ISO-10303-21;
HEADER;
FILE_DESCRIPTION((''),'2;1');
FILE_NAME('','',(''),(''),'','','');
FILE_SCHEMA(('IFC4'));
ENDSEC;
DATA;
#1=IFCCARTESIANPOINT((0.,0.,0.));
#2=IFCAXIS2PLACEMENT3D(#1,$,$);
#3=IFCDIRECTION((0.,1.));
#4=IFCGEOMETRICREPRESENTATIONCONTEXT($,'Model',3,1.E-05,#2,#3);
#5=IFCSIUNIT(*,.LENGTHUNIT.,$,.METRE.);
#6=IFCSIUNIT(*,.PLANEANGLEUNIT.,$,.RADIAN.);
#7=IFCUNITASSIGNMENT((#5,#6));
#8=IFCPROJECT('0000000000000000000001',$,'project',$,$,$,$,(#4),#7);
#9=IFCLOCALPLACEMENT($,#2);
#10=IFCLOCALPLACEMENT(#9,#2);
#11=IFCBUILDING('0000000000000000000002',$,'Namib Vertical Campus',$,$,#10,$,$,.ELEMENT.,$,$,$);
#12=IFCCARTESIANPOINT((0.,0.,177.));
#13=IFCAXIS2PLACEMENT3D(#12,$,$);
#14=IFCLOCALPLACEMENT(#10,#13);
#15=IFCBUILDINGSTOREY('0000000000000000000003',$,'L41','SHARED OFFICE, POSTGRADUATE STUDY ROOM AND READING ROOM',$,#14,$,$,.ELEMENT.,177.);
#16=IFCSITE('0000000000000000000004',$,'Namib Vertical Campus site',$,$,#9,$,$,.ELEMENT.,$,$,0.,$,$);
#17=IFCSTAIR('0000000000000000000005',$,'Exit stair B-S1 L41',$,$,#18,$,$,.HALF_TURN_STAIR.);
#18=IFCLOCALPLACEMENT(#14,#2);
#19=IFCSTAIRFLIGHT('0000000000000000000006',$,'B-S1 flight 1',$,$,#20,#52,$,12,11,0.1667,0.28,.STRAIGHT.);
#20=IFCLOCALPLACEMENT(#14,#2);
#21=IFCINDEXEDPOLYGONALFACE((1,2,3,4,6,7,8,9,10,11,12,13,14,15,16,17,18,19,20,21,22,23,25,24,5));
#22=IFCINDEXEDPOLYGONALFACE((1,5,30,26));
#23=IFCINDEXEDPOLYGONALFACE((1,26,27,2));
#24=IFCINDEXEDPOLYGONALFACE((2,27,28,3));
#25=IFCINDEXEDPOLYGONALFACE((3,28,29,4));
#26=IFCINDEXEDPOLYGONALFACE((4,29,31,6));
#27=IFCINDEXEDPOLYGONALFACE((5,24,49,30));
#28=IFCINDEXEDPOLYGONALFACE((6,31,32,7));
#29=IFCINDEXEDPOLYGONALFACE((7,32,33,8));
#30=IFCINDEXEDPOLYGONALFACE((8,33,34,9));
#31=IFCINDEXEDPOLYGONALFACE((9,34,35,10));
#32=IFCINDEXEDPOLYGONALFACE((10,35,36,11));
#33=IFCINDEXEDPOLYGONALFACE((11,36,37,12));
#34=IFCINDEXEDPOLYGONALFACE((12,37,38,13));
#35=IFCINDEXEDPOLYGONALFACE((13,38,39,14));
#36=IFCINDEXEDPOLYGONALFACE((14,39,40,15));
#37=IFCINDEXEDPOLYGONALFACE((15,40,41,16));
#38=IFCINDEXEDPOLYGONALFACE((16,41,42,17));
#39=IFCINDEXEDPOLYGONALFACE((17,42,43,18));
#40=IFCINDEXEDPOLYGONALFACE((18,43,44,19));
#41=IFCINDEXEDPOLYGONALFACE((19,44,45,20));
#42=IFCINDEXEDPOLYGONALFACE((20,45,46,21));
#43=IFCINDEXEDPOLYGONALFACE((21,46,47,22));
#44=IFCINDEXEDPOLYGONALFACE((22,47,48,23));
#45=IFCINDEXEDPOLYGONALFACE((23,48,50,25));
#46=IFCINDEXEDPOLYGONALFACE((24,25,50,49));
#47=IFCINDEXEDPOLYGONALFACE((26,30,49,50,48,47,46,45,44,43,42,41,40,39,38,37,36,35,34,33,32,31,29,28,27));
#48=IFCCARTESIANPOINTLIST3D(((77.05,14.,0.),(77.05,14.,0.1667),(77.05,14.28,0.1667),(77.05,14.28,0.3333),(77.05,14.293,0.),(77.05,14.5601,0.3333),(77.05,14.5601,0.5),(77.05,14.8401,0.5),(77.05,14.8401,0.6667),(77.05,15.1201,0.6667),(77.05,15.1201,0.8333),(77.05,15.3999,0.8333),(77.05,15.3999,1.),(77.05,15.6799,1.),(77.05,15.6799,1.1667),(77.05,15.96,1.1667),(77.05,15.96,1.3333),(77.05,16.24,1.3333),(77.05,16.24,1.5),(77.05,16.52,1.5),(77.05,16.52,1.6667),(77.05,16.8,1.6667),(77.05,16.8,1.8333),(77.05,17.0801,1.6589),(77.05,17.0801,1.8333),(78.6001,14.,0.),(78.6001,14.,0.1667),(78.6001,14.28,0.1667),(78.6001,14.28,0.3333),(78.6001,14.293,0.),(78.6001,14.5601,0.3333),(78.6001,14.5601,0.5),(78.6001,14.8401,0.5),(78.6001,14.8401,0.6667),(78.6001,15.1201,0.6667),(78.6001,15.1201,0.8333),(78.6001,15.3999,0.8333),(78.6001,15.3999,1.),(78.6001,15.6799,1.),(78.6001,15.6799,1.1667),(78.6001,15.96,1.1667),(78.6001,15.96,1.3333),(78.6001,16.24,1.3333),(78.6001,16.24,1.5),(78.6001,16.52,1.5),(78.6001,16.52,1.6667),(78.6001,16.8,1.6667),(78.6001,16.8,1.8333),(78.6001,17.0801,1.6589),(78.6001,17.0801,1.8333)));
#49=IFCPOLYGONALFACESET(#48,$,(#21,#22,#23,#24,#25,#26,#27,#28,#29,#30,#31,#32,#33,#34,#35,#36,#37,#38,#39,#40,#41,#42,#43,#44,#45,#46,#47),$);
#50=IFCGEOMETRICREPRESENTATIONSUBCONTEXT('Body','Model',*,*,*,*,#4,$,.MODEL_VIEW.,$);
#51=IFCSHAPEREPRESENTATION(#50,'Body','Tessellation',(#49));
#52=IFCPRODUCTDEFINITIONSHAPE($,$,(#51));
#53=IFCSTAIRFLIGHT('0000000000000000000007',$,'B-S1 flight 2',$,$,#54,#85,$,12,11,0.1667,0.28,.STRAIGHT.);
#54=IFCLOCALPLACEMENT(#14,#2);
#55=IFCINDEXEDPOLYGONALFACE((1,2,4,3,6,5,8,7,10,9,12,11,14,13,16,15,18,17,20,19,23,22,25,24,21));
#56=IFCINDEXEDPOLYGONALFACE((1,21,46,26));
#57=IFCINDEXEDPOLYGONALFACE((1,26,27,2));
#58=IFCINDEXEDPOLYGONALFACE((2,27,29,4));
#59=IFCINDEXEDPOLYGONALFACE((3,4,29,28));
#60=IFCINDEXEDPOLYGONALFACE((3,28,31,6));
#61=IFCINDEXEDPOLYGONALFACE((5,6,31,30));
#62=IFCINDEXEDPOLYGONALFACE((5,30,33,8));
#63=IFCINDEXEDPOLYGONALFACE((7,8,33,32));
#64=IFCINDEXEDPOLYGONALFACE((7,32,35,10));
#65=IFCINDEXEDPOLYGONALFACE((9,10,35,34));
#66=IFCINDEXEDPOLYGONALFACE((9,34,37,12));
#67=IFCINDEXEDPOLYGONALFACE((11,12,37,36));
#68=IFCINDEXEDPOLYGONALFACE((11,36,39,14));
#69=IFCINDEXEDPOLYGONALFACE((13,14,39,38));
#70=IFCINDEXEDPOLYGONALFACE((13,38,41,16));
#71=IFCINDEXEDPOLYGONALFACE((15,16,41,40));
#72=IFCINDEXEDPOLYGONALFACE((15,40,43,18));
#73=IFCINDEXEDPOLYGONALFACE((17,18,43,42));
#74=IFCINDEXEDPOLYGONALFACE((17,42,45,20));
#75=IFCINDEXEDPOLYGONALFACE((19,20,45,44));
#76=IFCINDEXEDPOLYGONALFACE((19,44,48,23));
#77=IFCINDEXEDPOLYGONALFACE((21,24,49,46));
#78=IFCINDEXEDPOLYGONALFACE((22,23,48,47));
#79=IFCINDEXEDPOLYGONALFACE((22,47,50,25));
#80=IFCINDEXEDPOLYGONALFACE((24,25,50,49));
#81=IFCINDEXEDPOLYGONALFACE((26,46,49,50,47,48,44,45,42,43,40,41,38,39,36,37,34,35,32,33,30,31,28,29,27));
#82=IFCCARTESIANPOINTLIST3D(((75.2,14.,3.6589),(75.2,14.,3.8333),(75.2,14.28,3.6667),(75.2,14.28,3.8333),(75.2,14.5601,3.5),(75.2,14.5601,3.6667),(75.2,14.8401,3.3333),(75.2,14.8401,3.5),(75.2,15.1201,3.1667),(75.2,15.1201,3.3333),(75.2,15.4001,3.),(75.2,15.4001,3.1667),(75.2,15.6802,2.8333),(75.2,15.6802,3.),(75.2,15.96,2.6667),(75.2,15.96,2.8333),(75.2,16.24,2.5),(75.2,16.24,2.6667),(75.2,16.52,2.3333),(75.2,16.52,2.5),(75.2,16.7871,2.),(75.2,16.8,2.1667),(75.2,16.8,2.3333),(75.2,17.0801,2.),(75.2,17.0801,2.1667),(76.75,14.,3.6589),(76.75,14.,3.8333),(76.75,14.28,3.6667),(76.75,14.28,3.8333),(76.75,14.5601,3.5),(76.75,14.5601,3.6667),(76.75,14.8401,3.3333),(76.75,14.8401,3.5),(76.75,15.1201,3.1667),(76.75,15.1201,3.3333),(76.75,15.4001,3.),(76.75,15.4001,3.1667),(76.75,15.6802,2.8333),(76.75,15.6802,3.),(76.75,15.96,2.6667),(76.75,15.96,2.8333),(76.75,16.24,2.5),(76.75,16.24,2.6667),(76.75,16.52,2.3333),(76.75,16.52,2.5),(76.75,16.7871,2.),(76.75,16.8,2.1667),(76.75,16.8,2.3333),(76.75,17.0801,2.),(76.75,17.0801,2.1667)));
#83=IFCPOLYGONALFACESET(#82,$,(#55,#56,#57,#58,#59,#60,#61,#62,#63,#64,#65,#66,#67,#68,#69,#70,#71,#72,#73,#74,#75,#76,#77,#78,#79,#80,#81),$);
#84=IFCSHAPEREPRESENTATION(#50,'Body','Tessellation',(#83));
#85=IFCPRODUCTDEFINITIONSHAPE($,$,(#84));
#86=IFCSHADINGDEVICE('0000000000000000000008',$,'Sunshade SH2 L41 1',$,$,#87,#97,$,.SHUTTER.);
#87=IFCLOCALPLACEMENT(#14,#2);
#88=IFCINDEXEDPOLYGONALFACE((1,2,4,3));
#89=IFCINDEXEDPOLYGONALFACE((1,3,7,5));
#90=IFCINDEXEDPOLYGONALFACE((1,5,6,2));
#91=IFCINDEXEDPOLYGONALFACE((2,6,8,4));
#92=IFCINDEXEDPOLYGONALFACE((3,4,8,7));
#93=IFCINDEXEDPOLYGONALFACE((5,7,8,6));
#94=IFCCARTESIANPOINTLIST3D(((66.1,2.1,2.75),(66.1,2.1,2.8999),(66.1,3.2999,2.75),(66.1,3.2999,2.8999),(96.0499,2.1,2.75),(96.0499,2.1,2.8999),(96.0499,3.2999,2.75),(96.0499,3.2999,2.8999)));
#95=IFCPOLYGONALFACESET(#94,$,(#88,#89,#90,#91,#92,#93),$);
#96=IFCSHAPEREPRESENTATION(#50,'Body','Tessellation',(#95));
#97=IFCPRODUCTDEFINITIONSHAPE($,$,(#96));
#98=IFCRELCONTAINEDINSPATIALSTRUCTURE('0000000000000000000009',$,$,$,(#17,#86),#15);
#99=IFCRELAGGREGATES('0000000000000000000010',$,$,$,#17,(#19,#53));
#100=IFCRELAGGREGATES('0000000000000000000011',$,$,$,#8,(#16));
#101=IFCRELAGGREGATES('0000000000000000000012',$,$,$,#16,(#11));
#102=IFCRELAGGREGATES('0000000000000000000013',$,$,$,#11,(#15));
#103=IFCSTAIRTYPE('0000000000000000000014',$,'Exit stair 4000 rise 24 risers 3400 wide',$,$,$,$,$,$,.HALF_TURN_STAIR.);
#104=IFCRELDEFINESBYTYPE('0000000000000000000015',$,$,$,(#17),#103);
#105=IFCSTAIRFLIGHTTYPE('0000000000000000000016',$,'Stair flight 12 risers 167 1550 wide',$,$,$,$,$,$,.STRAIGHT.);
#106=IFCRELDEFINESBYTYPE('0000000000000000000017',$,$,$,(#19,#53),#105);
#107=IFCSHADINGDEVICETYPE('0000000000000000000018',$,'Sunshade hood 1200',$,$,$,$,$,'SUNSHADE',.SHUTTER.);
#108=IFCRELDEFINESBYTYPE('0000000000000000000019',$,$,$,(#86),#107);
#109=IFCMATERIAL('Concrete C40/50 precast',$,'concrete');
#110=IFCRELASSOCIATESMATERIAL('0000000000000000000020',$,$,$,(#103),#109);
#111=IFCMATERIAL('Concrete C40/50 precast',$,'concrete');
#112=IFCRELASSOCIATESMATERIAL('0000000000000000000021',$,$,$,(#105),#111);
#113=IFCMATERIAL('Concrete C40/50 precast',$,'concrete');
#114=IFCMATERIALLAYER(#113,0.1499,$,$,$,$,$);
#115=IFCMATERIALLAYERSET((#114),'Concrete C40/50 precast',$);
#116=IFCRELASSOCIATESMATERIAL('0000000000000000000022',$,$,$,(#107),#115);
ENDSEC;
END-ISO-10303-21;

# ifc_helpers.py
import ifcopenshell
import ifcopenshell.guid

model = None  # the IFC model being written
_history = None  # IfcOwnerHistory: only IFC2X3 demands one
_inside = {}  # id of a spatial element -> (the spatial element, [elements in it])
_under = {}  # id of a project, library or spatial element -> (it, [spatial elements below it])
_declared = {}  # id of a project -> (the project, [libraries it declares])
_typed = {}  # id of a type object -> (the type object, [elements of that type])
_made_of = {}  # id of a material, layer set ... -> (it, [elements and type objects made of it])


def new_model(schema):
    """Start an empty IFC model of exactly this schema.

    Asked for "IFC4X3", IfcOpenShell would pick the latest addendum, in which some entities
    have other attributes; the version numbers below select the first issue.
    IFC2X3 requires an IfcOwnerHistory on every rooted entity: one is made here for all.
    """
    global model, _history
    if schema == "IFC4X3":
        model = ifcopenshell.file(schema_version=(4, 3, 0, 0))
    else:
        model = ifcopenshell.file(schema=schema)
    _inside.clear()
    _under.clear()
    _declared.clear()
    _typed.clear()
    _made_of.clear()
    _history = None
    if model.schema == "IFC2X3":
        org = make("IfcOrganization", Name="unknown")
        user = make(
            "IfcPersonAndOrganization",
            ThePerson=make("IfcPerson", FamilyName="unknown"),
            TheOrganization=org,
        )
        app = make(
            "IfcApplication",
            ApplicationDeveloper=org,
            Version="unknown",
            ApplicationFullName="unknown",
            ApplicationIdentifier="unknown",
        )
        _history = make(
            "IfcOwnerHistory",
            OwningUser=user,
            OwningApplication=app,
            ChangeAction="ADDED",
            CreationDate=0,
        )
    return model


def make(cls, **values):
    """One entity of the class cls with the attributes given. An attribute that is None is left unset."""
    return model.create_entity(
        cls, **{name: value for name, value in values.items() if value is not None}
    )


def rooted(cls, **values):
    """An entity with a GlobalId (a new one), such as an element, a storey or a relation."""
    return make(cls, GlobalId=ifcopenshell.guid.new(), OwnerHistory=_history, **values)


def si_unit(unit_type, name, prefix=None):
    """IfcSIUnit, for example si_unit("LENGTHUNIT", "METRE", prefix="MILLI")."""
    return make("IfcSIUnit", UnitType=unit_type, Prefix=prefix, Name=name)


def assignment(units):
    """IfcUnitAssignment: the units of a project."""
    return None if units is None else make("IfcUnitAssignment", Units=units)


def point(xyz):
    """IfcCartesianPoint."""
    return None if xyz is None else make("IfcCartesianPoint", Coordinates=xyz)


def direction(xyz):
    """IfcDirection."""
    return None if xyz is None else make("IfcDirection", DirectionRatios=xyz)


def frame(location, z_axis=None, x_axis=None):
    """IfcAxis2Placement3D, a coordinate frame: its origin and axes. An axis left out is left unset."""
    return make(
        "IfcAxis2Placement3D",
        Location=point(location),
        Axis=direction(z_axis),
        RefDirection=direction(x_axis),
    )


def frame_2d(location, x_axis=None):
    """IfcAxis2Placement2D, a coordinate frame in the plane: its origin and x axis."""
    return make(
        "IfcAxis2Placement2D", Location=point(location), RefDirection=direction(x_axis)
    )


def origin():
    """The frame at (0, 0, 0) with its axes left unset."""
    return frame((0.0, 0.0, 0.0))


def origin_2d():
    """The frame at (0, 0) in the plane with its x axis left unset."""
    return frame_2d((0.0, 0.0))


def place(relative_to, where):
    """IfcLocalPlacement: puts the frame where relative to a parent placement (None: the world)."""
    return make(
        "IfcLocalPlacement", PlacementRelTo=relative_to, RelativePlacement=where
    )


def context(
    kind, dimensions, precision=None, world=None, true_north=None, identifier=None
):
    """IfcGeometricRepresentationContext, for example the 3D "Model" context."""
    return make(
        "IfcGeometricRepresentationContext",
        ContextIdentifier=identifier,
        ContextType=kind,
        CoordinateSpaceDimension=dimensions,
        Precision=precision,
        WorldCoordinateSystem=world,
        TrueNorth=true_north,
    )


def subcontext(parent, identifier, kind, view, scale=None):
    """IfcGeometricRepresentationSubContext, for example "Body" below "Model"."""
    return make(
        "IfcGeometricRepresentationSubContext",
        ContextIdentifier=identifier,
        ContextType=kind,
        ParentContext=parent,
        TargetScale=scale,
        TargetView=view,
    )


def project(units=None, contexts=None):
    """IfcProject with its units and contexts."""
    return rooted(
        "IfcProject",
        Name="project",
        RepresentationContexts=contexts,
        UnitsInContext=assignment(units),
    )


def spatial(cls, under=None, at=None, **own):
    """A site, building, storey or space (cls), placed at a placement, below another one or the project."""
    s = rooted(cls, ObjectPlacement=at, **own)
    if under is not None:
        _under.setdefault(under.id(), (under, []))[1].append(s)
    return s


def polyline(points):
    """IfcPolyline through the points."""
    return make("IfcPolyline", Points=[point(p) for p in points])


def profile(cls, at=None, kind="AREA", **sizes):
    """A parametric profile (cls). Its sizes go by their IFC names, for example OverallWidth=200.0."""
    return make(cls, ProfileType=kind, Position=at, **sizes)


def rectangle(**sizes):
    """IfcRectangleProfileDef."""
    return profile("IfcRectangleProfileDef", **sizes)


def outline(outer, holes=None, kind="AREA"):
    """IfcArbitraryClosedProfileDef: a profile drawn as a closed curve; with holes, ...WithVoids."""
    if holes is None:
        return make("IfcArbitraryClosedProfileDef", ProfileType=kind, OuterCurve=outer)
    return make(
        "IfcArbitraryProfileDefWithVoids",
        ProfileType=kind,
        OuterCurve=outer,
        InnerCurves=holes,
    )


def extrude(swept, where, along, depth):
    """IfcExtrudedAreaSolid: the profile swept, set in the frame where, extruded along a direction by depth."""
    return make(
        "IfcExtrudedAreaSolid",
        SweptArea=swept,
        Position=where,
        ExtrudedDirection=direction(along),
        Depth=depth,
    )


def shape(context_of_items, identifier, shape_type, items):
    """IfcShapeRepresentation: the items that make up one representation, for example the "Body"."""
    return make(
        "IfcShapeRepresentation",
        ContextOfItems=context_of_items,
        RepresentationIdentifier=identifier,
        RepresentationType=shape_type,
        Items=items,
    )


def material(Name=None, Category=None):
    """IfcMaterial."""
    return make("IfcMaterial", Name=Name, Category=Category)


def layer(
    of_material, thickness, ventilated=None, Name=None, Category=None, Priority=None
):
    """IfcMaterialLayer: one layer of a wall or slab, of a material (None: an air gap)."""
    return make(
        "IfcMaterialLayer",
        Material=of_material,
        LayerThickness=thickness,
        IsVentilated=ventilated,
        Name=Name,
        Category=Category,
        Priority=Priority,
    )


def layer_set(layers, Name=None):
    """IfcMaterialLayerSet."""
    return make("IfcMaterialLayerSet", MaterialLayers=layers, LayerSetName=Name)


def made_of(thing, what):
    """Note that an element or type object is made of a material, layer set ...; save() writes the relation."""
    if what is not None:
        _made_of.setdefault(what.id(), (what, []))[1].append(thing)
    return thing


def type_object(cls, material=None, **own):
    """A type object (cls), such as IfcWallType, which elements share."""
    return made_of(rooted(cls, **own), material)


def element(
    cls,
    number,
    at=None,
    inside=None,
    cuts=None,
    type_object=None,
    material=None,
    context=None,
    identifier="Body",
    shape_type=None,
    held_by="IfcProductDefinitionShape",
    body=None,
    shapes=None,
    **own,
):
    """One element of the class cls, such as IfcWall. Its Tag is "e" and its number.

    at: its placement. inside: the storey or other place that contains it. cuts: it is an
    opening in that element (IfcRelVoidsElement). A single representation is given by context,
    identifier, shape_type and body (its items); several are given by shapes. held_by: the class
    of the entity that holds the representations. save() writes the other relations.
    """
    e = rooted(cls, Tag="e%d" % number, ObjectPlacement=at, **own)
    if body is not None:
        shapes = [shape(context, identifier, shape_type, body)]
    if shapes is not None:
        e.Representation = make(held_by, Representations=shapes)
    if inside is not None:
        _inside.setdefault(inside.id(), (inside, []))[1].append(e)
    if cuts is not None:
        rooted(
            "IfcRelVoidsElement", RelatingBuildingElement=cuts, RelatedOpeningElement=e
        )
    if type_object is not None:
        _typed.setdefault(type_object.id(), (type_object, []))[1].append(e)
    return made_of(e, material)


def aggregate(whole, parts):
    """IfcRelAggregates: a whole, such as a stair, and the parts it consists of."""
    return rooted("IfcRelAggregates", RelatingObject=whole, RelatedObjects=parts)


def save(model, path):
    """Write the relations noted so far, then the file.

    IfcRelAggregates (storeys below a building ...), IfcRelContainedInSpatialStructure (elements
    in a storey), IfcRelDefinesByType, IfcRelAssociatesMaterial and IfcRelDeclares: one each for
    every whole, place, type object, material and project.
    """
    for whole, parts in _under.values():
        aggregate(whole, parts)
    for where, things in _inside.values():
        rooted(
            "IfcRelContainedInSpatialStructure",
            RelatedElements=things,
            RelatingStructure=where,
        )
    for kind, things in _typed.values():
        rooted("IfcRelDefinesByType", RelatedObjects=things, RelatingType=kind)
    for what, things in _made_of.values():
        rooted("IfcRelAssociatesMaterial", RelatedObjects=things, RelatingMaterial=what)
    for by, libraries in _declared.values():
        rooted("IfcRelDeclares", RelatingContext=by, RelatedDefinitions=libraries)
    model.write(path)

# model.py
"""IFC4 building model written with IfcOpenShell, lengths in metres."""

from ifc_helpers import new_model, si_unit, direction, frame, origin, origin_2d, place, context, subcontext, project, spatial, polyline, rectangle, outline, extrude, material, layer, layer_set, type_object, element, aggregate, save


model = new_model("IFC4")

# Units and contexts
model_context = context("Model", 3, precision=1e-05, world=origin(), true_north=direction((0.0, 1.0)))
body_context = subcontext(model_context, "Body", "Model", "MODEL_VIEW")
ifc_project = project(units=[si_unit("LENGTHUNIT", "METRE"), si_unit("PLANEANGLEUNIT", "RADIAN")], contexts=[model_context])

# Site, building, storey
site_placement = place(None, origin())
site = spatial("IfcSite", under=ifc_project, at=site_placement, Name="Namib Vertical Campus site", CompositionType="ELEMENT", RefElevation=0.0)
building_placement = place(site_placement, origin())
building = spatial("IfcBuilding", under=site, at=building_placement, Name="Namib Vertical Campus", CompositionType="ELEMENT")
storey_placement = place(building_placement, frame((0.0, 0.0, 177.0)))
storey = spatial("IfcBuildingStorey", under=building, at=storey_placement, Name="L41", Description="SHARED OFFICE, POSTGRADUATE STUDY ROOM AND READING ROOM", CompositionType="ELEMENT", Elevation=177.0)

# Stair, stair flights
ifc_material_1 = material(Name="Concrete C40/50 precast", Category="concrete")
stair_type = type_object("IfcStairType", Name="Exit stair 4000 rise 24 risers 3400 wide", PredefinedType="HALF_TURN_STAIR", material=ifc_material_1)
stair_placement = place(storey_placement, origin())
stair = element("IfcStair", 1, at=stair_placement, inside=storey, type_object=stair_type, Name="Exit stair B-S1 L41", PredefinedType="HALF_TURN_STAIR")
ifc_material_2 = material(Name="Concrete C40/50 precast", Category="concrete")
stair_flight_type = type_object("IfcStairFlightType", Name="Stair flight 12 risers 167 1550 wide", PredefinedType="STRAIGHT", material=ifc_material_2)
stair_flight_1_placement = place(storey_placement, frame((77.825, 14.0, 0.0), z_axis=(0.0, 0.0, 1.0), x_axis=(0.0, 1.0, 0.0)))
stair_flight_1 = element("IfcStairFlight", 2, at=stair_flight_1_placement, type_object=stair_flight_type, Name="B-S1 flight 1", NumberOfRisers=12, NumberOfTreads=11, PredefinedType="STRAIGHT", RiserHeight=0.1667, TreadLength=0.28, context=body_context, shape_type="SweptSolid", body=[
    extrude(outline(polyline([(0.0, 0.0), (0.0, 0.1667), (0.28, 0.1667), (0.28, 0.3333), (0.5601, 0.3333), (0.5601, 0.5), (0.8401, 0.5), (0.8401, 0.6667), (1.1201, 0.6667), (1.1201, 0.8333), (1.3999, 0.8333), (1.3999, 1.0), (1.6799, 1.0), (1.6799, 1.1667), (1.96, 1.1667), (1.96, 1.3333), (2.24, 1.3333), (2.24, 1.5), (2.52, 1.5), (2.52, 1.6667), (2.8, 1.6667), (2.8, 1.8333), (3.0801, 1.8333), (3.0801, 2.0), (3.0801, 1.6589), (0.293, 0.0), (0.0, 0.0)])), frame((0.0, 0.7749, 0.0), z_axis=(0.0, -1.0, 0.0), x_axis=(1.0, 0.0, 0.0)), (0.0, 0.0, 1.0), 1.55),
])
stair_flight_2_placement = place(storey_placement, frame((75.9751, 17.0801, 2.0), z_axis=(0.0, 0.0, 1.0), x_axis=(0.0, -1.0, 0.0)))
stair_flight_2 = element("IfcStairFlight", 3, at=stair_flight_2_placement, type_object=stair_flight_type, Name="B-S1 flight 2", NumberOfRisers=12, NumberOfTreads=11, PredefinedType="STRAIGHT", RiserHeight=0.1667, TreadLength=0.28, context=body_context, shape_type="SweptSolid", body=[
    extrude(outline(polyline([(0.0, 0.0), (0.0, 0.1667), (0.28, 0.1667), (0.28, 0.3333), (0.5601, 0.3333), (0.5601, 0.5), (0.8401, 0.5), (0.8401, 0.6667), (1.1201, 0.6667), (1.1201, 0.8333), (1.3999, 0.8333), (1.3999, 1.0), (1.6799, 1.0), (1.6799, 1.1667), (1.96, 1.1667), (1.96, 1.3333), (2.24, 1.3333), (2.24, 1.5), (2.52, 1.5), (2.52, 1.6667), (2.8, 1.6667), (2.8, 1.8333), (3.0801, 1.8333), (3.0801, 2.0), (3.0801, 1.6589), (0.293, 0.0), (0.0, 0.0)])), frame((0.0, 0.7749, 0.0), z_axis=(0.0, -1.0, 0.0), x_axis=(1.0, 0.0, 0.0)), (0.0, 0.0, 1.0), 1.55),
])
aggregate(stair, [stair_flight_1, stair_flight_2])

# Shading device
ifc_material_3 = material(Name="Concrete C40/50 precast", Category="concrete")
ifc_layer_1 = layer(ifc_material_3, 0.1499)
ifc_layer_set_1 = layer_set([ifc_layer_1], Name="Concrete C40/50 precast")
shading_device_type = type_object("IfcShadingDeviceType", Name="Sunshade hood 1200", ElementType="SUNSHADE", PredefinedType="SHUTTER", material=ifc_layer_set_1)
shading_device_placement = place(storey_placement, frame((81.075, 2.7, 2.75), z_axis=(0.0, 0.0, 1.0), x_axis=(1.0, 0.0, 0.0)))
element("IfcShadingDevice", 4, at=shading_device_placement, inside=storey, type_object=shading_device_type, Name="Sunshade SH2 L41 1", PredefinedType="SHUTTER", context=body_context, shape_type="SweptSolid", body=[
    extrude(rectangle(XDim=29.95, YDim=1.2, at=origin_2d()), origin(), (0.0, 0.0, 1.0), 0.1499),
])

save(model, "model.ifc")
